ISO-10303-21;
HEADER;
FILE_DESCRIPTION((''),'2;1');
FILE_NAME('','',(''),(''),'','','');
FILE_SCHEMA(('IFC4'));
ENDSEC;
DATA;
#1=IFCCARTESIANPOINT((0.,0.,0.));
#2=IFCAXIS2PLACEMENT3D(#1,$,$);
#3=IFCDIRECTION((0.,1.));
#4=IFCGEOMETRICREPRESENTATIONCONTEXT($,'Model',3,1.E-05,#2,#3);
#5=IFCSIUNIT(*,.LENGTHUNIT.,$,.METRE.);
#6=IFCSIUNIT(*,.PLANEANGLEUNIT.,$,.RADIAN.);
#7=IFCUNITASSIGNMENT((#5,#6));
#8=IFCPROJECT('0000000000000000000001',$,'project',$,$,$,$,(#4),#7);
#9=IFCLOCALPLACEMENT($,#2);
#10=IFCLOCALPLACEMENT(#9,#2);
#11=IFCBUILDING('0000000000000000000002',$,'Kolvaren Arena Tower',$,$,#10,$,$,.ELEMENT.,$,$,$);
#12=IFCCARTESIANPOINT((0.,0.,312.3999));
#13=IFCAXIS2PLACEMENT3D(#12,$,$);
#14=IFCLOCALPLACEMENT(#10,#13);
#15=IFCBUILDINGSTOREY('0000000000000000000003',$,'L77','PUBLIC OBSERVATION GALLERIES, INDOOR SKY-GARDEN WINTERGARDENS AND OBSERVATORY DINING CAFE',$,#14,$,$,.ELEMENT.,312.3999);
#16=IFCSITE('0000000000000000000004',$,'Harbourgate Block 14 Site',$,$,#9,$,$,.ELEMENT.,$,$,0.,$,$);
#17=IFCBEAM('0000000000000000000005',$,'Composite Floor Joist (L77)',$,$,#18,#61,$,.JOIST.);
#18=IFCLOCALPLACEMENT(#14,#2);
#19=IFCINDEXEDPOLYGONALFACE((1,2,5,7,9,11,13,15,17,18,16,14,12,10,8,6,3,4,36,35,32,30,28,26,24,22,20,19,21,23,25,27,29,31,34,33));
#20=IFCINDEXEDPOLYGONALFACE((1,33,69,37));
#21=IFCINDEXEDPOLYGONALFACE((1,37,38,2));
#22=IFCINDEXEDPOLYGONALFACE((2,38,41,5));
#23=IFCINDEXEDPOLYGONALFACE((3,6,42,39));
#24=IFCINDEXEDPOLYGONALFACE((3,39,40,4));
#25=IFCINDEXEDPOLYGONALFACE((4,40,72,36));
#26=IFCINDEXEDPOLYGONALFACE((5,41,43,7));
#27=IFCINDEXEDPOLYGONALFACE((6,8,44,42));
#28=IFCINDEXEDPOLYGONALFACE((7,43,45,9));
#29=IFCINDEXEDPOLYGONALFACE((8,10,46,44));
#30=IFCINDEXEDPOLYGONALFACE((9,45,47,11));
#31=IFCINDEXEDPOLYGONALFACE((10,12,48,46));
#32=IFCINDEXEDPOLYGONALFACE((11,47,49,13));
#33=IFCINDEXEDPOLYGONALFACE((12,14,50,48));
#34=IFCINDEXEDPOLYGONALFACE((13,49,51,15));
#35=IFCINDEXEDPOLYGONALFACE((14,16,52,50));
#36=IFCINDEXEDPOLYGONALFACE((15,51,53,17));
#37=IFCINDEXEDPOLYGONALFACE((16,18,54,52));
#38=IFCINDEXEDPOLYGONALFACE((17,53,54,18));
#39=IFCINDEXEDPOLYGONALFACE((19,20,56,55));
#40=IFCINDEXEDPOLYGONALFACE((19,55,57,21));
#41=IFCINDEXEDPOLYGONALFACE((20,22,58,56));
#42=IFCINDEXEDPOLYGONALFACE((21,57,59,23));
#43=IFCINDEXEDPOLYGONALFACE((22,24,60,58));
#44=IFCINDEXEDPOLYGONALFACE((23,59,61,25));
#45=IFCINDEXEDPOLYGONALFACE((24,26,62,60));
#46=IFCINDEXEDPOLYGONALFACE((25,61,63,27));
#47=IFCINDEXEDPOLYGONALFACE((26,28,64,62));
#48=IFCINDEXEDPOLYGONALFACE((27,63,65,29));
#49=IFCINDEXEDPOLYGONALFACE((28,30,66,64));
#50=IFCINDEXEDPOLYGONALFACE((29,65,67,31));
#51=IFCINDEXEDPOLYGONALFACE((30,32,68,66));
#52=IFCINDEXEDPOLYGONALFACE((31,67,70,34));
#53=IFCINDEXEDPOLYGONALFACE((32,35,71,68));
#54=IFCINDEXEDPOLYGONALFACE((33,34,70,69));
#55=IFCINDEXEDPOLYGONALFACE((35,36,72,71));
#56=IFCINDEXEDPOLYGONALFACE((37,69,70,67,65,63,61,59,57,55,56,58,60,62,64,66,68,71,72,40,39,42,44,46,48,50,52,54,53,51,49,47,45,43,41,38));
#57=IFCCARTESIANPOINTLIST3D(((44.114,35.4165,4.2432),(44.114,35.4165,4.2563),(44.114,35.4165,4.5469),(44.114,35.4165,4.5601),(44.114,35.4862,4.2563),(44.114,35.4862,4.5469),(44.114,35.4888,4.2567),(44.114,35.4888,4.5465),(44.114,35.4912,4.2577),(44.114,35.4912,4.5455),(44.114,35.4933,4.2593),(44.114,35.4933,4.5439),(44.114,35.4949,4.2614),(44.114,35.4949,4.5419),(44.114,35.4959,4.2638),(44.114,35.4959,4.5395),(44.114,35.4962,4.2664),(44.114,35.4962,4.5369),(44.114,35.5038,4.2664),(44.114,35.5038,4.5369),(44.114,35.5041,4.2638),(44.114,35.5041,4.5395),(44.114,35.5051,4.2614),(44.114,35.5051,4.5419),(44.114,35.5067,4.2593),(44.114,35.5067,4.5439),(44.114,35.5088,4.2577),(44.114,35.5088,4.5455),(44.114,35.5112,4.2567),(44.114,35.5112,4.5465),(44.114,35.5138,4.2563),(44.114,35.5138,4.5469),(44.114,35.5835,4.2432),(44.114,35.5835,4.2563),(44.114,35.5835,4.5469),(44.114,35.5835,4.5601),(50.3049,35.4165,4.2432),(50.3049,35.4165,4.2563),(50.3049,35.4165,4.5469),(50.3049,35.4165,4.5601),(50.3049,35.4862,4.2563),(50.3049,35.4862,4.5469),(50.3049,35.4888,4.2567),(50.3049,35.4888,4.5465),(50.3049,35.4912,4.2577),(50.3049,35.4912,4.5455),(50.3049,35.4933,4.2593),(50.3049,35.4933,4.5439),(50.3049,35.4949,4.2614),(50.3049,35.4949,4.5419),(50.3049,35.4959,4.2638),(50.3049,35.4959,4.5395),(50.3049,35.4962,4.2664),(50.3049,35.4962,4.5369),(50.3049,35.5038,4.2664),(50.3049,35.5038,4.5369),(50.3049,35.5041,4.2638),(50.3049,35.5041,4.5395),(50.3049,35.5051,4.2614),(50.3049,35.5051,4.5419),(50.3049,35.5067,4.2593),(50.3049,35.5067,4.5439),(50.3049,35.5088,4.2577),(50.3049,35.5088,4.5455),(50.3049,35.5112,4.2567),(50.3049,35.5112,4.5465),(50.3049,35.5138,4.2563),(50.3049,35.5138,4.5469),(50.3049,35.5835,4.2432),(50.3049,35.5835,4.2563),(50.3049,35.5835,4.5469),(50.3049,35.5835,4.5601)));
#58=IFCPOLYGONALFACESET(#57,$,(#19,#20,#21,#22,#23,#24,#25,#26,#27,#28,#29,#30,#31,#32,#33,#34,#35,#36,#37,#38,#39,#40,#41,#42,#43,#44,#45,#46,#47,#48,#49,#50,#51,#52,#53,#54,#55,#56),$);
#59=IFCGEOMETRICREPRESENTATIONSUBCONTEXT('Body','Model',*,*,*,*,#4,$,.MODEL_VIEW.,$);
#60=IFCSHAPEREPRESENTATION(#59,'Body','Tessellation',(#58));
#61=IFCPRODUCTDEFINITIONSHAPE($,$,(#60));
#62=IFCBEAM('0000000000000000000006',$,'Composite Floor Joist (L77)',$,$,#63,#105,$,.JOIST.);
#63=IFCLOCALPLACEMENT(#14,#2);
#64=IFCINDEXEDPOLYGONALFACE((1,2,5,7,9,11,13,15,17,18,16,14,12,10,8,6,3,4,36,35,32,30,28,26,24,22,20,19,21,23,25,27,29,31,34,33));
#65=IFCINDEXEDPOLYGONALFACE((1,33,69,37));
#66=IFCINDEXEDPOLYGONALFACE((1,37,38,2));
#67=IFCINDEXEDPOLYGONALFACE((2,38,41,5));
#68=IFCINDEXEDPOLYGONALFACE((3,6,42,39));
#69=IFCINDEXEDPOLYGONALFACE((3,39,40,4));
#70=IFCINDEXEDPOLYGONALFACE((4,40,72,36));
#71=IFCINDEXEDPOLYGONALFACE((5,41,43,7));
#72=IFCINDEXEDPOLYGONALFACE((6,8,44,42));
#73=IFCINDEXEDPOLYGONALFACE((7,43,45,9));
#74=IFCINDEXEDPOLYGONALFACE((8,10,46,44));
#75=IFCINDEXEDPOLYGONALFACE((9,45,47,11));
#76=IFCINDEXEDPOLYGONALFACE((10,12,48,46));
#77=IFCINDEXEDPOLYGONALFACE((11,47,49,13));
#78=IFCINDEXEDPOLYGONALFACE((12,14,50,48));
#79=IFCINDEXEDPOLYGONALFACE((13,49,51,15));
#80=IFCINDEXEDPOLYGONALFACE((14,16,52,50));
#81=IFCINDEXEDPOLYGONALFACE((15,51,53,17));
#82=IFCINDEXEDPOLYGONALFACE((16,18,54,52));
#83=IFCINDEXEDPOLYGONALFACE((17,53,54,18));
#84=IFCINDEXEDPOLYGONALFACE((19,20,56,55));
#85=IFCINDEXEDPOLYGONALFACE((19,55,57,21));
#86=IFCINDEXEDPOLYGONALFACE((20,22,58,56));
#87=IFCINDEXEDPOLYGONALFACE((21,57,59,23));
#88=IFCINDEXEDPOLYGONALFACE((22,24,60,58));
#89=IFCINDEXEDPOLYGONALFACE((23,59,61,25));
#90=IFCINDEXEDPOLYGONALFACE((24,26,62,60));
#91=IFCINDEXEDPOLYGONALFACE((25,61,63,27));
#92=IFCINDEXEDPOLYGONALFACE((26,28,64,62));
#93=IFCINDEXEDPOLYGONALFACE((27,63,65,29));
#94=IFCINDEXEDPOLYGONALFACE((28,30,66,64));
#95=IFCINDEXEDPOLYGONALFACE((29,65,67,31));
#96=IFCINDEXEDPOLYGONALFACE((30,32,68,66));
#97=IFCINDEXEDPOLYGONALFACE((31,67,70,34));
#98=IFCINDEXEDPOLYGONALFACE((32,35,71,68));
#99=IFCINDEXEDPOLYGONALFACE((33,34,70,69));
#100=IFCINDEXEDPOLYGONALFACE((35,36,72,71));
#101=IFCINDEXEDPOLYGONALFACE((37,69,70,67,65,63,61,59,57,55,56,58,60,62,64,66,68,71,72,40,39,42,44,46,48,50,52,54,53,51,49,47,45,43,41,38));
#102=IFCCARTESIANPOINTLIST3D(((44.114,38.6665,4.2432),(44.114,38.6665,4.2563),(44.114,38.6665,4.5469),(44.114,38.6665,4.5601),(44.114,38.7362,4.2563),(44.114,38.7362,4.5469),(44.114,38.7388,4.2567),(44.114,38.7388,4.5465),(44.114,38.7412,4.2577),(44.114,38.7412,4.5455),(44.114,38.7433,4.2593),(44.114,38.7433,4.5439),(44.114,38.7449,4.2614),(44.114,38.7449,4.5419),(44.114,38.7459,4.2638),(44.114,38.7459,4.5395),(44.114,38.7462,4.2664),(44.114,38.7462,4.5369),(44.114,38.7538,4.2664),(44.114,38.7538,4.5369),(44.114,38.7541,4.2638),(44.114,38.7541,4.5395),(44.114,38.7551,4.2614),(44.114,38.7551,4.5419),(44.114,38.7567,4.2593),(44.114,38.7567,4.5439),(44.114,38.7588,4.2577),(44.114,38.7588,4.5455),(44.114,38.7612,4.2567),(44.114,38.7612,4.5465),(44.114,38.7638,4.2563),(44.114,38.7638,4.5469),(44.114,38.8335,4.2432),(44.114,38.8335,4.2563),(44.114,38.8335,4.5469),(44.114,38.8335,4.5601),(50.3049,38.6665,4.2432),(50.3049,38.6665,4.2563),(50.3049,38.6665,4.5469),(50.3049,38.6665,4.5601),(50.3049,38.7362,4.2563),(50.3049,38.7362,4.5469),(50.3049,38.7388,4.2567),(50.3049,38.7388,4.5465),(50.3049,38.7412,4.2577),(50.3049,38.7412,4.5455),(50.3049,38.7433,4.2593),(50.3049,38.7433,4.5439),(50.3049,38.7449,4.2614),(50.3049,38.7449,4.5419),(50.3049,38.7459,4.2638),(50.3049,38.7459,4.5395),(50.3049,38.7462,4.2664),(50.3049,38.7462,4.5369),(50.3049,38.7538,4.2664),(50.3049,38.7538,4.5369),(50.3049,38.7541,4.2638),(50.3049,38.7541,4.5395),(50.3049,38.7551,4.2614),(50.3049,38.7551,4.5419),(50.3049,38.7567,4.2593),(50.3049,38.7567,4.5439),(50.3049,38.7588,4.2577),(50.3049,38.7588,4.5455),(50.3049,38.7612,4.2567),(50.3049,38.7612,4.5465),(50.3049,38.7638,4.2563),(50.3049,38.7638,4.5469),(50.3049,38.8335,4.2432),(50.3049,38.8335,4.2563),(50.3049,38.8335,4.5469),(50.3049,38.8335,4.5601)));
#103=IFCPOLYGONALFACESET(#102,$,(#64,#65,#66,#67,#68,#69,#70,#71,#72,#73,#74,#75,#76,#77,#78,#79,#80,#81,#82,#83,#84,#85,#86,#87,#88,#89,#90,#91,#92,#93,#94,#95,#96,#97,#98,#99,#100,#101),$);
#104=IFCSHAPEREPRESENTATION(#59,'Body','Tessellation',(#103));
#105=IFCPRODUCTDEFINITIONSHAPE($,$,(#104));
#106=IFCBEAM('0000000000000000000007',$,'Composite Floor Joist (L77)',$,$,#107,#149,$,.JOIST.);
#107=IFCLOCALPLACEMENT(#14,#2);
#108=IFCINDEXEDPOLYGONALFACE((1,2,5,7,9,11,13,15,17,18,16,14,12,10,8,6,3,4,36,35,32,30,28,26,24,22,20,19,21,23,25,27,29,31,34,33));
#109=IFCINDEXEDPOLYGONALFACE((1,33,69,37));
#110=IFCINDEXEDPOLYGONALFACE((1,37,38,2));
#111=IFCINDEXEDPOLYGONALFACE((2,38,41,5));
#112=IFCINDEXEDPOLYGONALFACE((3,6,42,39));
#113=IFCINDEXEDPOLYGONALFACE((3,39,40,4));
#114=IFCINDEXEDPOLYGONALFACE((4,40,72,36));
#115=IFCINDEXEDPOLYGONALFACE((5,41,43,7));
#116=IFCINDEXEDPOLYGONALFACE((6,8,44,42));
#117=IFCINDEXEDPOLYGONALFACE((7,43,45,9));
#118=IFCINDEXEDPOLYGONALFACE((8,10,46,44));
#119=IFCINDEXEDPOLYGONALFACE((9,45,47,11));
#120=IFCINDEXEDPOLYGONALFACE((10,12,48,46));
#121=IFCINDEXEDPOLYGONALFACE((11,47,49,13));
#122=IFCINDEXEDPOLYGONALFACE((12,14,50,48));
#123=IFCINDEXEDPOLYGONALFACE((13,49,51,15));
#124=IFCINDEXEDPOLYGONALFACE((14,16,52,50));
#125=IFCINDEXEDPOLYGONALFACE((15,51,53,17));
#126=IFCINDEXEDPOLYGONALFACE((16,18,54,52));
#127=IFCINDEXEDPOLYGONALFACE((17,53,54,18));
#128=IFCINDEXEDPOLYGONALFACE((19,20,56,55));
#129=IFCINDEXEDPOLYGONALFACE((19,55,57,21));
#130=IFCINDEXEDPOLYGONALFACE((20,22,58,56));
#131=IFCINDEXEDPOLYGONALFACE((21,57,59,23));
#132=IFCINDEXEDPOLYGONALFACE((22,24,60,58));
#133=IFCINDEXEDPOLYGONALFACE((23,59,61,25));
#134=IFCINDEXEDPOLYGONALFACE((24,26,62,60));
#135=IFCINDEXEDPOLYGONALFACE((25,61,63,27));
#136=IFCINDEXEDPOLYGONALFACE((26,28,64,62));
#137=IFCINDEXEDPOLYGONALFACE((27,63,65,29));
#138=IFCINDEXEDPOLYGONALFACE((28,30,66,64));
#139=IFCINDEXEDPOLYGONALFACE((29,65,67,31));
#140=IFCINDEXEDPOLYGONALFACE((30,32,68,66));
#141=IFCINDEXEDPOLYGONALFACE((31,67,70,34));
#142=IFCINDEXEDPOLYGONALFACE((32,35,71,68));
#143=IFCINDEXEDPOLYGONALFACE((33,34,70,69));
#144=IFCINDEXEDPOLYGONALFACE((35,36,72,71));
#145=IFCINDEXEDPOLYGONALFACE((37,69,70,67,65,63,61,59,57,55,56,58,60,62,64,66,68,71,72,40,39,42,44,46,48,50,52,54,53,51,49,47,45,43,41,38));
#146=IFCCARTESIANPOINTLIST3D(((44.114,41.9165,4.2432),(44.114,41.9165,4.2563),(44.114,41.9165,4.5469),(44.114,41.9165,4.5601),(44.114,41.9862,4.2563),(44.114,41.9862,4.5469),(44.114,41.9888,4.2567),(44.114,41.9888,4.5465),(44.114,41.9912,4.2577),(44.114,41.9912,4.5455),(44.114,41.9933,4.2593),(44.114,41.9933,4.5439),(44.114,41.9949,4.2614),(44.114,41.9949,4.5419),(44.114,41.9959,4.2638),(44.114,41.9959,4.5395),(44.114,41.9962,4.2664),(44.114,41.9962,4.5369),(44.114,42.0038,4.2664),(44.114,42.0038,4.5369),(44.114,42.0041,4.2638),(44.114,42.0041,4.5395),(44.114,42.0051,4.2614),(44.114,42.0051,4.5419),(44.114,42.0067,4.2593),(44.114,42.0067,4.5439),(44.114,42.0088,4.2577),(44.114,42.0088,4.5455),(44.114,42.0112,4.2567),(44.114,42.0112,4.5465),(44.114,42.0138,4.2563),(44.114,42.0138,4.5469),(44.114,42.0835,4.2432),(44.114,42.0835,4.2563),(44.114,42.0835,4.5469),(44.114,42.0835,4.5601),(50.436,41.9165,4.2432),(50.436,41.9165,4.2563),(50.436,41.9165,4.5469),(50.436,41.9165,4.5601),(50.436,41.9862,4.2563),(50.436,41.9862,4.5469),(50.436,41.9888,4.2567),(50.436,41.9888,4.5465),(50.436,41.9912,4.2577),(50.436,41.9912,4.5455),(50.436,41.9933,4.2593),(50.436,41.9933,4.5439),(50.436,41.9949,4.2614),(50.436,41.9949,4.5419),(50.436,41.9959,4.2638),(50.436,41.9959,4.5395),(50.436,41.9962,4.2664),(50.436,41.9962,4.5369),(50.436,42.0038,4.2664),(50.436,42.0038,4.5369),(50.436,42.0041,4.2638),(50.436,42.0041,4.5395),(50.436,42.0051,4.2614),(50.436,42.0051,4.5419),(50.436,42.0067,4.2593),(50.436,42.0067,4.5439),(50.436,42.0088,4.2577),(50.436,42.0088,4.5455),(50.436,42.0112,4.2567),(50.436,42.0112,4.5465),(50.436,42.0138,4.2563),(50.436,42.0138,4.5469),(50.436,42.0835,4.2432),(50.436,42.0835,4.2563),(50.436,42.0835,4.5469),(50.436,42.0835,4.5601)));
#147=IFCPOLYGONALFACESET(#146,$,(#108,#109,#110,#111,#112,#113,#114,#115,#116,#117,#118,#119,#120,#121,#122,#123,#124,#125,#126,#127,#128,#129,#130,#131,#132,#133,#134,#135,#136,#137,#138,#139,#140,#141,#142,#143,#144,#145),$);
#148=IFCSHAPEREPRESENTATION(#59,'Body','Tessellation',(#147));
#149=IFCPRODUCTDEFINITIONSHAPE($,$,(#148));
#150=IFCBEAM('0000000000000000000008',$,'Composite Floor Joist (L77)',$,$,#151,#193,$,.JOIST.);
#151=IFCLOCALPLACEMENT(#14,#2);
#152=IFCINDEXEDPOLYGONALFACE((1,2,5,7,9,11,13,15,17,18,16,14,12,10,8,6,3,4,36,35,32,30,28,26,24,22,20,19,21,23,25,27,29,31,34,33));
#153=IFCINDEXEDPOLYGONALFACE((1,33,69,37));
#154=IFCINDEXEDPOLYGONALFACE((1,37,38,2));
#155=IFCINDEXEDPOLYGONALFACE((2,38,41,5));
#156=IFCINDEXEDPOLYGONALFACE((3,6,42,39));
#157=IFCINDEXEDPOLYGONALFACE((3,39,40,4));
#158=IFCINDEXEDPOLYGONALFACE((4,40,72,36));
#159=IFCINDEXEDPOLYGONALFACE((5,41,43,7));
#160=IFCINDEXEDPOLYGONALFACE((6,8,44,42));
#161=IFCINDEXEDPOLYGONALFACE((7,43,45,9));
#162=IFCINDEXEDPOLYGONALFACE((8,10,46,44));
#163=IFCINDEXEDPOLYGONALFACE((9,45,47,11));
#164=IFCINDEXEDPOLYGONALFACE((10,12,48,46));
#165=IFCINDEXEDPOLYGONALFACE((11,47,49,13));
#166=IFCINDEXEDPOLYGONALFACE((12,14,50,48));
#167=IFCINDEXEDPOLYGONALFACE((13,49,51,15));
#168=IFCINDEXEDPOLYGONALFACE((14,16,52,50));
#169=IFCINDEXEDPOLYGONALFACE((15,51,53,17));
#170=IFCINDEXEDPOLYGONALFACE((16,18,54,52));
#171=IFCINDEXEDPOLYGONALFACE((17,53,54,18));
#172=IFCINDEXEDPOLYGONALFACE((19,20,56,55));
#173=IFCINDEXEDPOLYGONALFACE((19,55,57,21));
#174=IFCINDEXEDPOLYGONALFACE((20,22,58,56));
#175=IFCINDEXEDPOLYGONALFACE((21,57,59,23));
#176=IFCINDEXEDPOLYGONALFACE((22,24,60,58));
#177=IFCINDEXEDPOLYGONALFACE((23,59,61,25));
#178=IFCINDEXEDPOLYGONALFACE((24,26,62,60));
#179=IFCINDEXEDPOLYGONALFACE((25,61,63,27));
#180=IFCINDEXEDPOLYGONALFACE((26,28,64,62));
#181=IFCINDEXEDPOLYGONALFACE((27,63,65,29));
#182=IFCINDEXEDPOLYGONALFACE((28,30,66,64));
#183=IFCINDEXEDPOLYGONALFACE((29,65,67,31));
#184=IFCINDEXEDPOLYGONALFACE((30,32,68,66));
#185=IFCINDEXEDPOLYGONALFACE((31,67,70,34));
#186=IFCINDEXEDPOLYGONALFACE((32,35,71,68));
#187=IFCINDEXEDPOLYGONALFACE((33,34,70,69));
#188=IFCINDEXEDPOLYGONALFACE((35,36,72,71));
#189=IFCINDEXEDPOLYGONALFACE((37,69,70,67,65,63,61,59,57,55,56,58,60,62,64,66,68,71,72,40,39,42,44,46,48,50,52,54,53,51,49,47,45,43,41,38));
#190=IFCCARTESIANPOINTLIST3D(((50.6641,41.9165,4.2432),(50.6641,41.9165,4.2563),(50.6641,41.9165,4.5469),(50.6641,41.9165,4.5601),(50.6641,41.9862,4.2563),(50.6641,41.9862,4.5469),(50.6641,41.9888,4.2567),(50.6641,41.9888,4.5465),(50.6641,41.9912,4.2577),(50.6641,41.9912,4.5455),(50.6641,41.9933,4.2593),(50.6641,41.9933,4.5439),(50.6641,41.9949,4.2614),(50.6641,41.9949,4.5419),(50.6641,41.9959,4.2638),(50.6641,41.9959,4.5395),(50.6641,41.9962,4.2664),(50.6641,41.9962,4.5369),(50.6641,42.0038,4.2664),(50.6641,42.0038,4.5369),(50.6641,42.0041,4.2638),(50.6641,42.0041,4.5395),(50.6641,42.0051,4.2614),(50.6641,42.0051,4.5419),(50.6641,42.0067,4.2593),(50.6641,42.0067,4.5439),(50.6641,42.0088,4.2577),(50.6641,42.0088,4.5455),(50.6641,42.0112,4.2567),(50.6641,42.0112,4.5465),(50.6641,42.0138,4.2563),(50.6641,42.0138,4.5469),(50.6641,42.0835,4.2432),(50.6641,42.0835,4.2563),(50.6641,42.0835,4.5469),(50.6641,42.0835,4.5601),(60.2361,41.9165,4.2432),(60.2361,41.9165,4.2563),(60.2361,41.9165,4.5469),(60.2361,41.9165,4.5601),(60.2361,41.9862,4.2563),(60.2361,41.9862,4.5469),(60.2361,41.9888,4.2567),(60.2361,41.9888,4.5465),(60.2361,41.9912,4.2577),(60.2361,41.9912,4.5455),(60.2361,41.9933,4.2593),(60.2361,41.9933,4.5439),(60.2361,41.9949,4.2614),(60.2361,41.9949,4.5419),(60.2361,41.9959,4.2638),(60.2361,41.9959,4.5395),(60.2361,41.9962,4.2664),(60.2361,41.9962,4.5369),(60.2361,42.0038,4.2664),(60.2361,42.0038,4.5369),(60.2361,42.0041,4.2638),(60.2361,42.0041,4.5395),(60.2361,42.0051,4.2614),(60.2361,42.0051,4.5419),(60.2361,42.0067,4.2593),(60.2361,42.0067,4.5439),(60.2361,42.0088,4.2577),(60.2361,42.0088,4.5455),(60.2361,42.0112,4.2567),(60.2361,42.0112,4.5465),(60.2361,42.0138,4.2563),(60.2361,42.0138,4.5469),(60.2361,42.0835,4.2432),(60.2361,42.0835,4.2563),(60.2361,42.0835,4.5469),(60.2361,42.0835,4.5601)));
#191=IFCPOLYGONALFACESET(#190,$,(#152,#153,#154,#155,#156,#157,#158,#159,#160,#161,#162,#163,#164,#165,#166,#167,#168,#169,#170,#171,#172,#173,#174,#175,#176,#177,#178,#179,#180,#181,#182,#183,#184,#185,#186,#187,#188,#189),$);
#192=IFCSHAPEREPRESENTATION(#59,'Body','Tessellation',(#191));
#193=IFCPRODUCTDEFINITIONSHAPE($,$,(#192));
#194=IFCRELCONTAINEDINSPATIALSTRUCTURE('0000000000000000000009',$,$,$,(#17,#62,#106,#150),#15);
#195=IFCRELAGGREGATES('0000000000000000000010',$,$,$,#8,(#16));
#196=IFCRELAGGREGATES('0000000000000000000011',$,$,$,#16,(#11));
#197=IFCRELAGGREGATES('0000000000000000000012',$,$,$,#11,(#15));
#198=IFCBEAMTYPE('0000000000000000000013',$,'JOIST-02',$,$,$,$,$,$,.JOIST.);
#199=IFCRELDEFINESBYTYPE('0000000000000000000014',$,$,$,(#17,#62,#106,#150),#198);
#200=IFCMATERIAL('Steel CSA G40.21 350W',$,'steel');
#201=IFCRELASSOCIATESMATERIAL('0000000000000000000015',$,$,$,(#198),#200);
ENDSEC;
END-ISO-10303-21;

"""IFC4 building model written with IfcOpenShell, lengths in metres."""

from ifc_helpers import new_model, si_unit, direction, frame, origin, origin_2d, place, context, subcontext, project, spatial, i_section, extrude, material, material_profile, profile_set, type_object, element, save


model = new_model("IFC4")

# Units and contexts
model_context = context("Model", 3, precision=1e-05, world=origin(), true_north=direction((0.0, 1.0)))
body_context = subcontext(model_context, "Body", "Model", "MODEL_VIEW")
ifc_project = project(units=[si_unit("LENGTHUNIT", "METRE"), si_unit("PLANEANGLEUNIT", "RADIAN")], contexts=[model_context])

# Site, building, storey
site_placement = place(None, origin())
site = spatial("IfcSite", under=ifc_project, at=site_placement, Name="Harbourgate Block 14 Site", CompositionType="ELEMENT", RefElevation=0.0)
building_placement = place(site_placement, origin())
building = spatial("IfcBuilding", under=site, at=building_placement, Name="Kolvaren Arena Tower", CompositionType="ELEMENT")
storey_placement = place(building_placement, frame((0.0, 0.0, 312.3999)))
storey = spatial("IfcBuildingStorey", under=building, at=storey_placement, Name="L77", Description="PUBLIC OBSERVATION GALLERIES, INDOOR SKY-GARDEN WINTERGARDENS AND OBSERVATORY DINING CAFE", CompositionType="ELEMENT", Elevation=312.3999)

# Shared definitions
ifc_material_1 = material(Name="Steel CSA G40.21 350W", Category="steel")

# Beams
ifc_material_profile_1 = material_profile(ifc_material_1, i_section(OverallWidth=0.167, OverallDepth=0.3169, WebThickness=0.0076, FlangeThickness=0.0132, FilletRadius=0.01, at=origin_2d()), Name="W310x52")
ifc_profile_set_1 = profile_set([ifc_material_profile_1], Name="Steel CSA G40.21 350W")
beam_type_1 = type_object("IfcBeamType", Name="JOIST-02", PredefinedType="JOIST", material=ifc_profile_set_1)
for number, where, z_axis, x_axis, name in (
    (1, (44.114, 35.5, 4.4016), (1.0, 0.0, 0.0), (0.0, 1.0, 0.0), "Composite Floor Joist (L77)"),
    (2, (44.114, 38.75, 4.4016), (1.0, 0.0, 0.0), (0.0, 1.0, 0.0), "Composite Floor Joist (L77)"),
):
    element("IfcBeam", number, at=place(storey_placement, frame(where, z_axis=z_axis, x_axis=x_axis)), inside=storey, type_object=beam_type_1, Name=name, PredefinedType="JOIST", context=body_context, shape_type="SweptSolid", body=[
        extrude(i_section(OverallWidth=0.167, OverallDepth=0.3169, WebThickness=0.0076, FlangeThickness=0.0132, FilletRadius=0.01, at=origin_2d()), origin(), (0.0, 0.0, 1.0), 6.1909),
    ])
beam_1_placement = place(storey_placement, frame((44.114, 42.0, 4.4016), z_axis=(1.0, 0.0, 0.0), x_axis=(0.0, 1.0, 0.0)))
element("IfcBeam", 3, at=beam_1_placement, inside=storey, type_object=beam_type_1, Name="Composite Floor Joist (L77)", PredefinedType="JOIST", context=body_context, shape_type="SweptSolid", body=[
    extrude(i_section(OverallWidth=0.167, OverallDepth=0.3169, WebThickness=0.0076, FlangeThickness=0.0132, FilletRadius=0.01, at=origin_2d()), origin(), (0.0, 0.0, 1.0), 6.322),
])
beam_2_placement = place(storey_placement, frame((50.6641, 42.0, 4.4016), z_axis=(1.0, 0.0, 0.0), x_axis=(0.0, 1.0, 0.0)))
element("IfcBeam", 4, at=beam_2_placement, inside=storey, type_object=beam_type_1, Name="Composite Floor Joist (L77)", PredefinedType="JOIST", context=body_context, shape_type="SweptSolid", body=[
    extrude(i_section(OverallWidth=0.167, OverallDepth=0.3169, WebThickness=0.0076, FlangeThickness=0.0132, FilletRadius=0.01, at=origin_2d()), origin(), (0.0, 0.0, 1.0), 9.572),
])

save(model, "model.ifc")
